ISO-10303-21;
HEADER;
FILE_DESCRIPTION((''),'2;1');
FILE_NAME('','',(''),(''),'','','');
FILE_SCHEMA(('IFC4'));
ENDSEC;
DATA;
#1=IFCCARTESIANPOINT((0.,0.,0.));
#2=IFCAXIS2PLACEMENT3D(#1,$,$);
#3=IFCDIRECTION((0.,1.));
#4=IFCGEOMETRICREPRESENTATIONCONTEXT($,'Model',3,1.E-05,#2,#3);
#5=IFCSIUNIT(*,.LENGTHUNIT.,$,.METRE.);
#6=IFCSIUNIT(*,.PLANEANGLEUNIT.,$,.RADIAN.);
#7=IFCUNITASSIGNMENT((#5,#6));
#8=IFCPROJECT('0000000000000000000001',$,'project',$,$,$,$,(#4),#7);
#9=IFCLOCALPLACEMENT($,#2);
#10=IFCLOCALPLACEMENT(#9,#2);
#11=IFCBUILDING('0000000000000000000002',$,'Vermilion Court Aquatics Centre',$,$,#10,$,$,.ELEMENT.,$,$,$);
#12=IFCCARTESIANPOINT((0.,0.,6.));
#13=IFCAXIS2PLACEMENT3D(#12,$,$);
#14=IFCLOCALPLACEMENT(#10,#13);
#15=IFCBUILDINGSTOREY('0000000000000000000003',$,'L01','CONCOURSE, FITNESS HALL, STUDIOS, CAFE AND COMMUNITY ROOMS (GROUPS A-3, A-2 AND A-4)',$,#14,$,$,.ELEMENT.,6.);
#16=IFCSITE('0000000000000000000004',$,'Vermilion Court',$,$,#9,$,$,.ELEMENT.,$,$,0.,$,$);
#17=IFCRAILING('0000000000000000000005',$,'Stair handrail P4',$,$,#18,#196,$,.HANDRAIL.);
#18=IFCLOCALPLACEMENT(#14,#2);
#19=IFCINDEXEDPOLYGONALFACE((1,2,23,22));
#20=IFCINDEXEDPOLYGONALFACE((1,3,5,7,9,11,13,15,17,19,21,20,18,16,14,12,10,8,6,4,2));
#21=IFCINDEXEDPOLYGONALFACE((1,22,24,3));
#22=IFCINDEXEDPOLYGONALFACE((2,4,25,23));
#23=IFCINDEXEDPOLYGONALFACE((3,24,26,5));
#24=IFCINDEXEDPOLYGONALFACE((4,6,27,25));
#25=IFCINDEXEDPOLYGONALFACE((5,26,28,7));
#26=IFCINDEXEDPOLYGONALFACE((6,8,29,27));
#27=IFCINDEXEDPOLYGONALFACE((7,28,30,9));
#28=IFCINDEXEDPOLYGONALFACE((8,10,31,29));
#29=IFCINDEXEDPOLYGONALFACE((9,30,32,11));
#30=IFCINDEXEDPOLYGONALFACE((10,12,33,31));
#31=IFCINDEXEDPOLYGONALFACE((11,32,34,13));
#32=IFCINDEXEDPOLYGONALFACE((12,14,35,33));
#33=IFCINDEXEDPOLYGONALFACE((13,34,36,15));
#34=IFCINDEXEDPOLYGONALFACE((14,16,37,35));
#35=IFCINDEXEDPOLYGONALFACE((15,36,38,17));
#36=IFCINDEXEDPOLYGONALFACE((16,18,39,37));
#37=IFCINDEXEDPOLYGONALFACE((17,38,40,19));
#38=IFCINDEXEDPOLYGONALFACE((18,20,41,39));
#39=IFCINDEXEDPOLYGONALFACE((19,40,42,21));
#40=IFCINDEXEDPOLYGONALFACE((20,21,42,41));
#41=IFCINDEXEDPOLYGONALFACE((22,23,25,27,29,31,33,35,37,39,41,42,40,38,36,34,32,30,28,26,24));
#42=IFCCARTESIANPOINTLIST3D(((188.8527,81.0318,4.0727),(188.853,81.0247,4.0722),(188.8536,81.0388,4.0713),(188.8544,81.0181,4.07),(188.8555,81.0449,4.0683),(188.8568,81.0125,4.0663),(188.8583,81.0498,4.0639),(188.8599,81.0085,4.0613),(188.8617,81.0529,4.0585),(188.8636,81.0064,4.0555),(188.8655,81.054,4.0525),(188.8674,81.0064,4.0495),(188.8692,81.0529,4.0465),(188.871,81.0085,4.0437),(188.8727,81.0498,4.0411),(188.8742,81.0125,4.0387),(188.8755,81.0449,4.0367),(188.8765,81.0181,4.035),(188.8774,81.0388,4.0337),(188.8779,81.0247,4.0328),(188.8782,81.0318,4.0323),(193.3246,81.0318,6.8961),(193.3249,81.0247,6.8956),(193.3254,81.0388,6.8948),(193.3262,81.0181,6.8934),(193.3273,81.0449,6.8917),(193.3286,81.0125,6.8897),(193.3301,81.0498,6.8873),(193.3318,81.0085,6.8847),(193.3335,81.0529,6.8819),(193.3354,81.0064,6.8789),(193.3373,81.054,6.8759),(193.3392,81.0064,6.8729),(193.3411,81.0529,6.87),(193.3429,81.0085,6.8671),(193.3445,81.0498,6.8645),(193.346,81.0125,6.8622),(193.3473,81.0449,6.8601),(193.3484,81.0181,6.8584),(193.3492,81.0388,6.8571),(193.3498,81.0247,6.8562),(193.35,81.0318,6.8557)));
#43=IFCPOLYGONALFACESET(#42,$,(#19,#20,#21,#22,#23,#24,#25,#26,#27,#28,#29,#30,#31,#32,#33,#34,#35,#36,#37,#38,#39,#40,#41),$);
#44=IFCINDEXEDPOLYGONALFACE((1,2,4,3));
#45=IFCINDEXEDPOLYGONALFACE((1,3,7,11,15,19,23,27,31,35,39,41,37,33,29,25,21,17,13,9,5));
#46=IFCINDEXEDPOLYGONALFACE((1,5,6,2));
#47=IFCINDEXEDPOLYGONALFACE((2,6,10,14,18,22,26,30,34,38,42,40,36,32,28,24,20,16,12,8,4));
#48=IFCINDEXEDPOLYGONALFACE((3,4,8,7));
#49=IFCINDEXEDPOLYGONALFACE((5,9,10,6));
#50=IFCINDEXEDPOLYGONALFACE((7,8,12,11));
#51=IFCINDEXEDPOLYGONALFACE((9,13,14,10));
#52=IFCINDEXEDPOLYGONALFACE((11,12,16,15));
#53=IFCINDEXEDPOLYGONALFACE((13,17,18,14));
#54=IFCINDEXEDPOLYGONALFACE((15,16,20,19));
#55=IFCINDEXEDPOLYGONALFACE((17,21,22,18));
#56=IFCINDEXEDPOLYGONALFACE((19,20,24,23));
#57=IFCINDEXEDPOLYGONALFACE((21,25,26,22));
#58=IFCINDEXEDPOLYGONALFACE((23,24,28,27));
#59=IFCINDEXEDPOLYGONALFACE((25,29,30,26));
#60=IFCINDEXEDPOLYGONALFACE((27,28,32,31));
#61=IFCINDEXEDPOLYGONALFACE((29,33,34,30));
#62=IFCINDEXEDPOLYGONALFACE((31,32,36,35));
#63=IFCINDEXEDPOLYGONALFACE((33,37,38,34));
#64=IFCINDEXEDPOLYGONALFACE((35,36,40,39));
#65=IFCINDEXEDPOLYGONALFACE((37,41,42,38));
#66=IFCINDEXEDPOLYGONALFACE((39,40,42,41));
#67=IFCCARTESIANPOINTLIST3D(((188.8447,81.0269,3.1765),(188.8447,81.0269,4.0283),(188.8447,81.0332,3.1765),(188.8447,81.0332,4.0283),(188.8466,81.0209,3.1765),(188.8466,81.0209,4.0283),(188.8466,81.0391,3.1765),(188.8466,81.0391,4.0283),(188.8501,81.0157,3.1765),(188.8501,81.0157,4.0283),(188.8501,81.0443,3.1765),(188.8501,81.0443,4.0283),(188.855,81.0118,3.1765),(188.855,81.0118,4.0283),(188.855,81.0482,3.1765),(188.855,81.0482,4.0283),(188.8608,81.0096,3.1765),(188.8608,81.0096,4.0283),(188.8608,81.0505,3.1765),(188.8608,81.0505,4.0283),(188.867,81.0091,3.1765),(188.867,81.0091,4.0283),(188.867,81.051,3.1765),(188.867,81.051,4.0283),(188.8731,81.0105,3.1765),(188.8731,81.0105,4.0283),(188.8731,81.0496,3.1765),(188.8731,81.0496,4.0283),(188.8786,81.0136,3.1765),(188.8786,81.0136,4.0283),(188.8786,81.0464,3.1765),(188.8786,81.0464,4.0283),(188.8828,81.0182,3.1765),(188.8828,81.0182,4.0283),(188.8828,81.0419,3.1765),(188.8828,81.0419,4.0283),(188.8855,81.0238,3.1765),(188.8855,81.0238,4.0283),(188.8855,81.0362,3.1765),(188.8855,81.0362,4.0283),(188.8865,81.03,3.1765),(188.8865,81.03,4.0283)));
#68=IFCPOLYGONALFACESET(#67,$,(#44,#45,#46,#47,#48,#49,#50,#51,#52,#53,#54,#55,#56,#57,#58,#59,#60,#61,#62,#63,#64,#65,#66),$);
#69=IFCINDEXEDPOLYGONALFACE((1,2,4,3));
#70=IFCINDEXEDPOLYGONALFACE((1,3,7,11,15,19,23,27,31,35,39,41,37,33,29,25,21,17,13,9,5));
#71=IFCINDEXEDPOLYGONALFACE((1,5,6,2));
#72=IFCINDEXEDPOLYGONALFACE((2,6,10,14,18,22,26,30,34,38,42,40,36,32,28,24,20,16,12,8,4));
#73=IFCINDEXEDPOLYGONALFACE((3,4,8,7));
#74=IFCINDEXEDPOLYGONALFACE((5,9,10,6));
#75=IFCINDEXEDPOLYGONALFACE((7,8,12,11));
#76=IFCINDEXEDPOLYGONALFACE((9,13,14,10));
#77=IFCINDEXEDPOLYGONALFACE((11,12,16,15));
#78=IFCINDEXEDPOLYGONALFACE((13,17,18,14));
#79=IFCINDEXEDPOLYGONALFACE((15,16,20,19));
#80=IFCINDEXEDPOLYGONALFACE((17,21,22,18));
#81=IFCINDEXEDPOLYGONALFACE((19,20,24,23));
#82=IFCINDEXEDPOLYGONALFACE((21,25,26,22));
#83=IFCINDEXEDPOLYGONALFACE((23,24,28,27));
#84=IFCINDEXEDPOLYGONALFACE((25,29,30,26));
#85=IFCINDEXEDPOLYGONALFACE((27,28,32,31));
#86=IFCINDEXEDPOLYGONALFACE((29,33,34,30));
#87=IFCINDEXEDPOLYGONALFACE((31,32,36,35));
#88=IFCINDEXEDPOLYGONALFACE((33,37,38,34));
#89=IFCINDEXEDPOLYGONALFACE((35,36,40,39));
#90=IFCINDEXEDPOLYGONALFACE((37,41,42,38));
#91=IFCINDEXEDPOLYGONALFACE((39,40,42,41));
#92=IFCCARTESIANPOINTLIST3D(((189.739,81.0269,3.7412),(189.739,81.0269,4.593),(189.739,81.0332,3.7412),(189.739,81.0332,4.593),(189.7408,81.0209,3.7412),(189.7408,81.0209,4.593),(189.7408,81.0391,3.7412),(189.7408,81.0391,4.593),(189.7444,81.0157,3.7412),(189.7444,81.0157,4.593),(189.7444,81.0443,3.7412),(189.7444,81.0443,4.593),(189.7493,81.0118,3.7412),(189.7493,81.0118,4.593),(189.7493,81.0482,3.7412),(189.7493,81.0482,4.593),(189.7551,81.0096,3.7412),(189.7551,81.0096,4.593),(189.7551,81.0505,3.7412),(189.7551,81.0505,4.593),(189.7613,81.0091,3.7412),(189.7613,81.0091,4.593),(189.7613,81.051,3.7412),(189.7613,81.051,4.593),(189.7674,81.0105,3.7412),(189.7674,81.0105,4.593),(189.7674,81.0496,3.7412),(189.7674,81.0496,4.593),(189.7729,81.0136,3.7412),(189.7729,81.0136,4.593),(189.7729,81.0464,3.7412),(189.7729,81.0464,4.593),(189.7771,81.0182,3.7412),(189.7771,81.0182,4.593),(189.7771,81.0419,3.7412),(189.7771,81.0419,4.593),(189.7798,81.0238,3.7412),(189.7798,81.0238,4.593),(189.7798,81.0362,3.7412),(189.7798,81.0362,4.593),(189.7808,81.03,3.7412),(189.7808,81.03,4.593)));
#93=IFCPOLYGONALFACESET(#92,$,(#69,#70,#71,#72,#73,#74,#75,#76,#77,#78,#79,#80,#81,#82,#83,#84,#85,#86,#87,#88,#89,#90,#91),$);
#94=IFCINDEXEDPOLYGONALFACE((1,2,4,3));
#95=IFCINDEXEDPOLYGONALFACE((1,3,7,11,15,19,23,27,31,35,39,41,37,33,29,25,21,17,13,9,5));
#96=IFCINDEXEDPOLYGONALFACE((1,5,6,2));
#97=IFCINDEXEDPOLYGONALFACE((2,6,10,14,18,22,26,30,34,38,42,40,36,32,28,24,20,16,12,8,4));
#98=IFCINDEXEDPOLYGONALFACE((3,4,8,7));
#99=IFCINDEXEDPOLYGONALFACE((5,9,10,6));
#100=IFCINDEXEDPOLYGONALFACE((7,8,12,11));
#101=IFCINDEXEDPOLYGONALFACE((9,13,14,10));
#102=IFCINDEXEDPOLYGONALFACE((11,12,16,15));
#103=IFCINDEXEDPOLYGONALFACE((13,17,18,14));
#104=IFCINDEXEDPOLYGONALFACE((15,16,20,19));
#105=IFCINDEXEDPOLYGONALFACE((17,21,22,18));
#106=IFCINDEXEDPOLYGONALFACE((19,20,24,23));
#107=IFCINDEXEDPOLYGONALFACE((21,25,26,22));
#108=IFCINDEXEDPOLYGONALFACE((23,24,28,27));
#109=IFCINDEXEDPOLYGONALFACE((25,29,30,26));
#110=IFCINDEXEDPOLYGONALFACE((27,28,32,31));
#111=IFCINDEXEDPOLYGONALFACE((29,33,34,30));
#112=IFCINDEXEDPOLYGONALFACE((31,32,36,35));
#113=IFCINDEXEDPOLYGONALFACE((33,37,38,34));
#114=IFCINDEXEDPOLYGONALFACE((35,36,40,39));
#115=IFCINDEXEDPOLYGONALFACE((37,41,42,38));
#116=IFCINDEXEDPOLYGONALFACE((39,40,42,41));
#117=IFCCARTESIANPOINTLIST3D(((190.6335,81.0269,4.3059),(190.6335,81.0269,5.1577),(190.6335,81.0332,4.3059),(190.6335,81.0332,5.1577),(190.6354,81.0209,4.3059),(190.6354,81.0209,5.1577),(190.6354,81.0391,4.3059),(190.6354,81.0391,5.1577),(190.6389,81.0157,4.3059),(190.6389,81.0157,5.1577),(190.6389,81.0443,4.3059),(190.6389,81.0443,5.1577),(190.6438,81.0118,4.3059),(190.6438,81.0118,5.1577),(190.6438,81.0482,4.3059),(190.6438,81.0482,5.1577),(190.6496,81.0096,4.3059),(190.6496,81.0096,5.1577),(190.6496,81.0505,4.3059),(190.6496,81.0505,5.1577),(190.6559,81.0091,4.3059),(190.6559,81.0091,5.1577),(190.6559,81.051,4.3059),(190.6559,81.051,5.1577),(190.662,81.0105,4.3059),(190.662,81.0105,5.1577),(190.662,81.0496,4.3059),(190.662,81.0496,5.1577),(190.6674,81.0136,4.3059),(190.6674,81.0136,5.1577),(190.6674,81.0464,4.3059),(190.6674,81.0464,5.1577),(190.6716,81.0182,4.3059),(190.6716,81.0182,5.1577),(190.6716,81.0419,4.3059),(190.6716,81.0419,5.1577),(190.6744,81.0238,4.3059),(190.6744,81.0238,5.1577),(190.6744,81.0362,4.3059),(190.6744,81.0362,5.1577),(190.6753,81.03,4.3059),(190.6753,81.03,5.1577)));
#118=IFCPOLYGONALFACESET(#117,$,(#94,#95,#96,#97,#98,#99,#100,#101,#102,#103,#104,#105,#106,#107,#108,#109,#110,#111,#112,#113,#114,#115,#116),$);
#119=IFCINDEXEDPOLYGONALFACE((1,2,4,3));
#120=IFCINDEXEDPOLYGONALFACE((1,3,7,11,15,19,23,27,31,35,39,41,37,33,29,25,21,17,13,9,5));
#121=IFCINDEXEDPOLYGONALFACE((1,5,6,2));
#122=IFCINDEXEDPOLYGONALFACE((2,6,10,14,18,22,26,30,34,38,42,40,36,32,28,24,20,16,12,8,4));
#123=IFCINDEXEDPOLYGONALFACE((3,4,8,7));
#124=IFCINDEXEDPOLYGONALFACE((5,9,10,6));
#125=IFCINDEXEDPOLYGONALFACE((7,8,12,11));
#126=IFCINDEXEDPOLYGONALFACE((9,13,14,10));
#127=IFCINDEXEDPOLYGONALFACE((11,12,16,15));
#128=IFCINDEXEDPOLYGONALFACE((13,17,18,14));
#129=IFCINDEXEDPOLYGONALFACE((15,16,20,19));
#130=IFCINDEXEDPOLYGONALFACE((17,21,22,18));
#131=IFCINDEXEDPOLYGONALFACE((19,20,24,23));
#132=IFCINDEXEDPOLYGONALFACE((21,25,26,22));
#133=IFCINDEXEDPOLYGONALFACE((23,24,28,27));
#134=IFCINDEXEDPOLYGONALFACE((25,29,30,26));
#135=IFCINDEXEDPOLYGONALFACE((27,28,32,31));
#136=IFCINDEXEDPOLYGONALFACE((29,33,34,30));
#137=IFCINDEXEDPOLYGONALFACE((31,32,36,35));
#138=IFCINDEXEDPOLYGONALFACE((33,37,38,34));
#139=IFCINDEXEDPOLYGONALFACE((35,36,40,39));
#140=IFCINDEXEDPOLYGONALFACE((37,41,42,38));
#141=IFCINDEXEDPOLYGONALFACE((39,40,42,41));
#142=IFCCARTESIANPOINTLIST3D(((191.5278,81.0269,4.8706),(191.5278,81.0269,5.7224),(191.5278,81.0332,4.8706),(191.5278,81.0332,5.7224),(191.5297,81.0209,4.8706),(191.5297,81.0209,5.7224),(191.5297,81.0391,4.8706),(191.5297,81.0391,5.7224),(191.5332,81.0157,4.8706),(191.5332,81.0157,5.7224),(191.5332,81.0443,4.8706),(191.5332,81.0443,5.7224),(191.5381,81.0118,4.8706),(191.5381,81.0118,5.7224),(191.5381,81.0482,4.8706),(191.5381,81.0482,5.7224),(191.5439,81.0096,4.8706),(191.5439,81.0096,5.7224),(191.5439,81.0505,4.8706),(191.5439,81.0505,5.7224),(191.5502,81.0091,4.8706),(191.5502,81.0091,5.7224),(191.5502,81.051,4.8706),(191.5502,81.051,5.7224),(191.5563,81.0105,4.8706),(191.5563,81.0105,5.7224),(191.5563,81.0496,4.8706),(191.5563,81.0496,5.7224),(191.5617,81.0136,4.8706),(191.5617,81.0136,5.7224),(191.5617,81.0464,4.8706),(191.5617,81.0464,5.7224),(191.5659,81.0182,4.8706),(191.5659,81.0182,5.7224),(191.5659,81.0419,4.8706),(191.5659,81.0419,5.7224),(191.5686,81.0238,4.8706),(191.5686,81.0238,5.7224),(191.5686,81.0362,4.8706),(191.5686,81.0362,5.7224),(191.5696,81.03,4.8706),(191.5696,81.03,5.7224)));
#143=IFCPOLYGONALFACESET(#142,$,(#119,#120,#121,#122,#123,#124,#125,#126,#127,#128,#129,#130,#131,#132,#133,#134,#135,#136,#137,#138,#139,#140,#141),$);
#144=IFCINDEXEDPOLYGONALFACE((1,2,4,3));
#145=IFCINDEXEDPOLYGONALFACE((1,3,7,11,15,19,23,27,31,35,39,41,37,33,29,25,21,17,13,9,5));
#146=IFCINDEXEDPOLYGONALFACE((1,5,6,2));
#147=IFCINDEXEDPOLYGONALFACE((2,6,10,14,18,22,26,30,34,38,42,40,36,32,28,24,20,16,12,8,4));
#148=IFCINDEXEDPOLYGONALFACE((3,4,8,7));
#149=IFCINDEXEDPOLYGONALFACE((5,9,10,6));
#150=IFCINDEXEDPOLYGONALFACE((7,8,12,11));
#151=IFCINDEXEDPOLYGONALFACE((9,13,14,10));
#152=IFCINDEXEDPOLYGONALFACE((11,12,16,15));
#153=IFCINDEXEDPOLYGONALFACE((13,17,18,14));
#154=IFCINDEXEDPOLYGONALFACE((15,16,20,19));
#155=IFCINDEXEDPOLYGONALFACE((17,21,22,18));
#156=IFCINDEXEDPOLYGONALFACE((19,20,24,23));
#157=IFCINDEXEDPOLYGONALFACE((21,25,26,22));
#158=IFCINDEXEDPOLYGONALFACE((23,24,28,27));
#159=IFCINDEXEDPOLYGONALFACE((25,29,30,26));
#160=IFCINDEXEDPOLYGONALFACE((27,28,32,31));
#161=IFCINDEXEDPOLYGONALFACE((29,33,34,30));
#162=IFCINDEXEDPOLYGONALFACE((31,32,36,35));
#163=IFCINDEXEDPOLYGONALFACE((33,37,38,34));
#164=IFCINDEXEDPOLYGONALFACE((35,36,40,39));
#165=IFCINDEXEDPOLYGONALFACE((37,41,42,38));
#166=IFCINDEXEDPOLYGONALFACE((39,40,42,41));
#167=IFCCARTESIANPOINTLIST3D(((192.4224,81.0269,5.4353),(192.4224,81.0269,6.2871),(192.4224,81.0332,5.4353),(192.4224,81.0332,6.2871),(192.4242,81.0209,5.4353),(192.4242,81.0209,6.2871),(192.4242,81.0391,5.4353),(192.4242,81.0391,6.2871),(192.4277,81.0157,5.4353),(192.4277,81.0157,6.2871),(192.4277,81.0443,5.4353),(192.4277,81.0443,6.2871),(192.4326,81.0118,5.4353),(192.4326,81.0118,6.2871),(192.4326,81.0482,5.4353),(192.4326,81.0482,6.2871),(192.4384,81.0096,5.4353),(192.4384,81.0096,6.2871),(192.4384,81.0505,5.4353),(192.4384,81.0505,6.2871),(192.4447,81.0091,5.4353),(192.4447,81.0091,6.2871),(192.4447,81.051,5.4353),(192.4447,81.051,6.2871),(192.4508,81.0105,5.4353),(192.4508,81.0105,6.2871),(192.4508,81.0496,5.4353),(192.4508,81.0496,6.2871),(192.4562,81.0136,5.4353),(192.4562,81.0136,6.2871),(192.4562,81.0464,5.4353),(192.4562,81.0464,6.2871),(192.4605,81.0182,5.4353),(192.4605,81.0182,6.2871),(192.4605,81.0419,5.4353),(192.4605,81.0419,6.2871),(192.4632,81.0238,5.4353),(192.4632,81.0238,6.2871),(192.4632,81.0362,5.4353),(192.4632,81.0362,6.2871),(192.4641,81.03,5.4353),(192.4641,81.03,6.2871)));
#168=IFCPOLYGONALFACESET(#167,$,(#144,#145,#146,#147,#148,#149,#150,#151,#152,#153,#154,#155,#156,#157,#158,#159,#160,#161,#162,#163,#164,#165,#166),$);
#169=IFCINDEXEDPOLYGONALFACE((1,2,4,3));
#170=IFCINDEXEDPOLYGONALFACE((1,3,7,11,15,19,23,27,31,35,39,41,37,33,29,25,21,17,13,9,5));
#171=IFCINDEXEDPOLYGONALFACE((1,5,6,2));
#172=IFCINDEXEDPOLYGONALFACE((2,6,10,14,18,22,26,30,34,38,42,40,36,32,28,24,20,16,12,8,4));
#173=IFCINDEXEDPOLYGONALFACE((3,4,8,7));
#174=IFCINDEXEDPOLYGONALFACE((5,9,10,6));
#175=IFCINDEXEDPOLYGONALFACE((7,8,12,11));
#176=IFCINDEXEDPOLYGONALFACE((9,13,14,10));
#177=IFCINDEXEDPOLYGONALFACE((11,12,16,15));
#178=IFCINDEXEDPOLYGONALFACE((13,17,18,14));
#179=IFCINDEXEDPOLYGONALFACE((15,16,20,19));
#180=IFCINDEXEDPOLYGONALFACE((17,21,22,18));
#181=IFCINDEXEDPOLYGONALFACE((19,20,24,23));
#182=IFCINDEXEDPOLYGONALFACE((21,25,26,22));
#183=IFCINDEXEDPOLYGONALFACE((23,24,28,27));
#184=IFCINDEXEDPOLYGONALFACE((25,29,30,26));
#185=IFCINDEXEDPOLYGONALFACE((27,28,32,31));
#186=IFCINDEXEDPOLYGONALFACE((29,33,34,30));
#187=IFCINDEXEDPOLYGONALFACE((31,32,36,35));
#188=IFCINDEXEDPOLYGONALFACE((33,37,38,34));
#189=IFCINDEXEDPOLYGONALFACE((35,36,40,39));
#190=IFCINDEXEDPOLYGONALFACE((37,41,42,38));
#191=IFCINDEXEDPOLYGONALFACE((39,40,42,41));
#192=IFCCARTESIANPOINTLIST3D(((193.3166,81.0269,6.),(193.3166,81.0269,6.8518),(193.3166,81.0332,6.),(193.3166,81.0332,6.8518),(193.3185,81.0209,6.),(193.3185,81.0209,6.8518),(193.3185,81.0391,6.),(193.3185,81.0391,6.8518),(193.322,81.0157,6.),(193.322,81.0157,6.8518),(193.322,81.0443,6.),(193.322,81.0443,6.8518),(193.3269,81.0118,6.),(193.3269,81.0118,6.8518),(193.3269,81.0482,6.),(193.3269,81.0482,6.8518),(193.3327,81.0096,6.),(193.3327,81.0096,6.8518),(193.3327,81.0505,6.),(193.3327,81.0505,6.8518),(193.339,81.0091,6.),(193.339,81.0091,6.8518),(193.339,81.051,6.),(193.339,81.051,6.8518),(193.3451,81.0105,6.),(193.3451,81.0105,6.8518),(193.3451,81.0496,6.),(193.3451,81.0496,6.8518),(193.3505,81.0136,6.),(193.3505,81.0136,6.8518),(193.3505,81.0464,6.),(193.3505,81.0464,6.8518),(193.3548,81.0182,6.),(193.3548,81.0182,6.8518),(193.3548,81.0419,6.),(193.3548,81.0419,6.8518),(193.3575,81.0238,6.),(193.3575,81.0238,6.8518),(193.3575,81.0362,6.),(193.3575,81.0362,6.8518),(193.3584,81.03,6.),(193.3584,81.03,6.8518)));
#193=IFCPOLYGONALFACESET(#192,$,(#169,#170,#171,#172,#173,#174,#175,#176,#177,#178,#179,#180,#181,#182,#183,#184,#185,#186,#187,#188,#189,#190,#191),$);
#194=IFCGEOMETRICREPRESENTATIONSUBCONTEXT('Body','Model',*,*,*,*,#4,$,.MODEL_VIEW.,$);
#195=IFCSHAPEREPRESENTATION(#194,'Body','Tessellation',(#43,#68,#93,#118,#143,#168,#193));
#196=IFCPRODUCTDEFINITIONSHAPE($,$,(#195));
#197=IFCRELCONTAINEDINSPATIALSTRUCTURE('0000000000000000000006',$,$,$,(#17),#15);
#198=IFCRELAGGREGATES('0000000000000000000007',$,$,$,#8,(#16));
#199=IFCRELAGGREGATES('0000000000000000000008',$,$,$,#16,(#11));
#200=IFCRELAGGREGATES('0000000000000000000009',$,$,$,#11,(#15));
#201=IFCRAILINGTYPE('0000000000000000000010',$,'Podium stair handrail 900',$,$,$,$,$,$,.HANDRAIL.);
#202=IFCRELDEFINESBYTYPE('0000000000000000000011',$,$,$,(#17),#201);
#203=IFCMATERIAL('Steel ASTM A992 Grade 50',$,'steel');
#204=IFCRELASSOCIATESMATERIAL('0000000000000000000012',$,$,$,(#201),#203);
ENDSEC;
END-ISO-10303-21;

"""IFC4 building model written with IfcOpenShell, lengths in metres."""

from ifc_helpers import new_model, si_unit, direction, frame, origin, origin_2d, place, context, subcontext, project, spatial, circle, extrude, material, type_object, element, save


model = new_model("IFC4")

# Units and contexts
model_context = context("Model", 3, precision=1e-05, world=origin(), true_north=direction((0.0, 1.0)))
body_context = subcontext(model_context, "Body", "Model", "MODEL_VIEW")
ifc_project = project(units=[si_unit("LENGTHUNIT", "METRE"), si_unit("PLANEANGLEUNIT", "RADIAN")], contexts=[model_context])

# Site, building, storey
site_placement = place(None, origin())
site = spatial("IfcSite", under=ifc_project, at=site_placement, Name="Vermilion Court", CompositionType="ELEMENT", RefElevation=0.0)
building_placement = place(site_placement, origin())
building = spatial("IfcBuilding", under=site, at=building_placement, Name="Vermilion Court Aquatics Centre", CompositionType="ELEMENT")
storey_placement = place(building_placement, frame((0.0, 0.0, 6.0)))
storey = spatial("IfcBuildingStorey", under=building, at=storey_placement, Name="L01", Description="CONCOURSE, FITNESS HALL, STUDIOS, CAFE AND COMMUNITY ROOMS (GROUPS A-3, A-2 AND A-4)", CompositionType="ELEMENT", Elevation=6.0)

# Railing
ifc_material_1 = material(Name="Steel ASTM A992 Grade 50", Category="steel")
railing_type_1 = type_object("IfcRailingType", Name="Podium stair handrail 900", PredefinedType="HANDRAIL", material=ifc_material_1)
for number, where, name in (
    (1, (188.8655, 81.03, 3.1765), "Stair handrail P4"),
):
    element("IfcRailing", number, at=place(storey_placement, frame(where)), inside=storey, type_object=railing_type_1, Name=name, PredefinedType="HANDRAIL", context=body_context, shape_type="SweptSolid", body=[
        extrude(circle(Radius=0.0239, at=origin_2d()), frame((0.0, 0.0, 0.876), z_axis=(0.845565, 0.0, 0.533873), x_axis=(0.0, 1.0, 0.0)), (0.0, 0.0, 1.0), 5.2886),
        extrude(circle(Radius=0.021, at=origin_2d()), origin(), (0.0, 0.0, 1.0), 0.8518),
        extrude(circle(Radius=0.021, at=origin_2d()), frame((0.8943, 0.0, 0.5647)), (0.0, 0.0, 1.0), 0.8518),
        extrude(circle(Radius=0.021, at=origin_2d()), frame((1.7888, 0.0, 1.1294)), (0.0, 0.0, 1.0), 0.8518),
        extrude(circle(Radius=0.021, at=origin_2d()), frame((2.6831, 0.0, 1.6941)), (0.0, 0.0, 1.0), 0.8518),
        extrude(circle(Radius=0.021, at=origin_2d()), frame((3.5776, 0.0, 2.2588)), (0.0, 0.0, 1.0), 0.8518),
        extrude(circle(Radius=0.021, at=origin_2d()), frame((4.4719, 0.0, 2.8235)), (0.0, 0.0, 1.0), 0.8518),
    ])

save(model, "model.ifc")
